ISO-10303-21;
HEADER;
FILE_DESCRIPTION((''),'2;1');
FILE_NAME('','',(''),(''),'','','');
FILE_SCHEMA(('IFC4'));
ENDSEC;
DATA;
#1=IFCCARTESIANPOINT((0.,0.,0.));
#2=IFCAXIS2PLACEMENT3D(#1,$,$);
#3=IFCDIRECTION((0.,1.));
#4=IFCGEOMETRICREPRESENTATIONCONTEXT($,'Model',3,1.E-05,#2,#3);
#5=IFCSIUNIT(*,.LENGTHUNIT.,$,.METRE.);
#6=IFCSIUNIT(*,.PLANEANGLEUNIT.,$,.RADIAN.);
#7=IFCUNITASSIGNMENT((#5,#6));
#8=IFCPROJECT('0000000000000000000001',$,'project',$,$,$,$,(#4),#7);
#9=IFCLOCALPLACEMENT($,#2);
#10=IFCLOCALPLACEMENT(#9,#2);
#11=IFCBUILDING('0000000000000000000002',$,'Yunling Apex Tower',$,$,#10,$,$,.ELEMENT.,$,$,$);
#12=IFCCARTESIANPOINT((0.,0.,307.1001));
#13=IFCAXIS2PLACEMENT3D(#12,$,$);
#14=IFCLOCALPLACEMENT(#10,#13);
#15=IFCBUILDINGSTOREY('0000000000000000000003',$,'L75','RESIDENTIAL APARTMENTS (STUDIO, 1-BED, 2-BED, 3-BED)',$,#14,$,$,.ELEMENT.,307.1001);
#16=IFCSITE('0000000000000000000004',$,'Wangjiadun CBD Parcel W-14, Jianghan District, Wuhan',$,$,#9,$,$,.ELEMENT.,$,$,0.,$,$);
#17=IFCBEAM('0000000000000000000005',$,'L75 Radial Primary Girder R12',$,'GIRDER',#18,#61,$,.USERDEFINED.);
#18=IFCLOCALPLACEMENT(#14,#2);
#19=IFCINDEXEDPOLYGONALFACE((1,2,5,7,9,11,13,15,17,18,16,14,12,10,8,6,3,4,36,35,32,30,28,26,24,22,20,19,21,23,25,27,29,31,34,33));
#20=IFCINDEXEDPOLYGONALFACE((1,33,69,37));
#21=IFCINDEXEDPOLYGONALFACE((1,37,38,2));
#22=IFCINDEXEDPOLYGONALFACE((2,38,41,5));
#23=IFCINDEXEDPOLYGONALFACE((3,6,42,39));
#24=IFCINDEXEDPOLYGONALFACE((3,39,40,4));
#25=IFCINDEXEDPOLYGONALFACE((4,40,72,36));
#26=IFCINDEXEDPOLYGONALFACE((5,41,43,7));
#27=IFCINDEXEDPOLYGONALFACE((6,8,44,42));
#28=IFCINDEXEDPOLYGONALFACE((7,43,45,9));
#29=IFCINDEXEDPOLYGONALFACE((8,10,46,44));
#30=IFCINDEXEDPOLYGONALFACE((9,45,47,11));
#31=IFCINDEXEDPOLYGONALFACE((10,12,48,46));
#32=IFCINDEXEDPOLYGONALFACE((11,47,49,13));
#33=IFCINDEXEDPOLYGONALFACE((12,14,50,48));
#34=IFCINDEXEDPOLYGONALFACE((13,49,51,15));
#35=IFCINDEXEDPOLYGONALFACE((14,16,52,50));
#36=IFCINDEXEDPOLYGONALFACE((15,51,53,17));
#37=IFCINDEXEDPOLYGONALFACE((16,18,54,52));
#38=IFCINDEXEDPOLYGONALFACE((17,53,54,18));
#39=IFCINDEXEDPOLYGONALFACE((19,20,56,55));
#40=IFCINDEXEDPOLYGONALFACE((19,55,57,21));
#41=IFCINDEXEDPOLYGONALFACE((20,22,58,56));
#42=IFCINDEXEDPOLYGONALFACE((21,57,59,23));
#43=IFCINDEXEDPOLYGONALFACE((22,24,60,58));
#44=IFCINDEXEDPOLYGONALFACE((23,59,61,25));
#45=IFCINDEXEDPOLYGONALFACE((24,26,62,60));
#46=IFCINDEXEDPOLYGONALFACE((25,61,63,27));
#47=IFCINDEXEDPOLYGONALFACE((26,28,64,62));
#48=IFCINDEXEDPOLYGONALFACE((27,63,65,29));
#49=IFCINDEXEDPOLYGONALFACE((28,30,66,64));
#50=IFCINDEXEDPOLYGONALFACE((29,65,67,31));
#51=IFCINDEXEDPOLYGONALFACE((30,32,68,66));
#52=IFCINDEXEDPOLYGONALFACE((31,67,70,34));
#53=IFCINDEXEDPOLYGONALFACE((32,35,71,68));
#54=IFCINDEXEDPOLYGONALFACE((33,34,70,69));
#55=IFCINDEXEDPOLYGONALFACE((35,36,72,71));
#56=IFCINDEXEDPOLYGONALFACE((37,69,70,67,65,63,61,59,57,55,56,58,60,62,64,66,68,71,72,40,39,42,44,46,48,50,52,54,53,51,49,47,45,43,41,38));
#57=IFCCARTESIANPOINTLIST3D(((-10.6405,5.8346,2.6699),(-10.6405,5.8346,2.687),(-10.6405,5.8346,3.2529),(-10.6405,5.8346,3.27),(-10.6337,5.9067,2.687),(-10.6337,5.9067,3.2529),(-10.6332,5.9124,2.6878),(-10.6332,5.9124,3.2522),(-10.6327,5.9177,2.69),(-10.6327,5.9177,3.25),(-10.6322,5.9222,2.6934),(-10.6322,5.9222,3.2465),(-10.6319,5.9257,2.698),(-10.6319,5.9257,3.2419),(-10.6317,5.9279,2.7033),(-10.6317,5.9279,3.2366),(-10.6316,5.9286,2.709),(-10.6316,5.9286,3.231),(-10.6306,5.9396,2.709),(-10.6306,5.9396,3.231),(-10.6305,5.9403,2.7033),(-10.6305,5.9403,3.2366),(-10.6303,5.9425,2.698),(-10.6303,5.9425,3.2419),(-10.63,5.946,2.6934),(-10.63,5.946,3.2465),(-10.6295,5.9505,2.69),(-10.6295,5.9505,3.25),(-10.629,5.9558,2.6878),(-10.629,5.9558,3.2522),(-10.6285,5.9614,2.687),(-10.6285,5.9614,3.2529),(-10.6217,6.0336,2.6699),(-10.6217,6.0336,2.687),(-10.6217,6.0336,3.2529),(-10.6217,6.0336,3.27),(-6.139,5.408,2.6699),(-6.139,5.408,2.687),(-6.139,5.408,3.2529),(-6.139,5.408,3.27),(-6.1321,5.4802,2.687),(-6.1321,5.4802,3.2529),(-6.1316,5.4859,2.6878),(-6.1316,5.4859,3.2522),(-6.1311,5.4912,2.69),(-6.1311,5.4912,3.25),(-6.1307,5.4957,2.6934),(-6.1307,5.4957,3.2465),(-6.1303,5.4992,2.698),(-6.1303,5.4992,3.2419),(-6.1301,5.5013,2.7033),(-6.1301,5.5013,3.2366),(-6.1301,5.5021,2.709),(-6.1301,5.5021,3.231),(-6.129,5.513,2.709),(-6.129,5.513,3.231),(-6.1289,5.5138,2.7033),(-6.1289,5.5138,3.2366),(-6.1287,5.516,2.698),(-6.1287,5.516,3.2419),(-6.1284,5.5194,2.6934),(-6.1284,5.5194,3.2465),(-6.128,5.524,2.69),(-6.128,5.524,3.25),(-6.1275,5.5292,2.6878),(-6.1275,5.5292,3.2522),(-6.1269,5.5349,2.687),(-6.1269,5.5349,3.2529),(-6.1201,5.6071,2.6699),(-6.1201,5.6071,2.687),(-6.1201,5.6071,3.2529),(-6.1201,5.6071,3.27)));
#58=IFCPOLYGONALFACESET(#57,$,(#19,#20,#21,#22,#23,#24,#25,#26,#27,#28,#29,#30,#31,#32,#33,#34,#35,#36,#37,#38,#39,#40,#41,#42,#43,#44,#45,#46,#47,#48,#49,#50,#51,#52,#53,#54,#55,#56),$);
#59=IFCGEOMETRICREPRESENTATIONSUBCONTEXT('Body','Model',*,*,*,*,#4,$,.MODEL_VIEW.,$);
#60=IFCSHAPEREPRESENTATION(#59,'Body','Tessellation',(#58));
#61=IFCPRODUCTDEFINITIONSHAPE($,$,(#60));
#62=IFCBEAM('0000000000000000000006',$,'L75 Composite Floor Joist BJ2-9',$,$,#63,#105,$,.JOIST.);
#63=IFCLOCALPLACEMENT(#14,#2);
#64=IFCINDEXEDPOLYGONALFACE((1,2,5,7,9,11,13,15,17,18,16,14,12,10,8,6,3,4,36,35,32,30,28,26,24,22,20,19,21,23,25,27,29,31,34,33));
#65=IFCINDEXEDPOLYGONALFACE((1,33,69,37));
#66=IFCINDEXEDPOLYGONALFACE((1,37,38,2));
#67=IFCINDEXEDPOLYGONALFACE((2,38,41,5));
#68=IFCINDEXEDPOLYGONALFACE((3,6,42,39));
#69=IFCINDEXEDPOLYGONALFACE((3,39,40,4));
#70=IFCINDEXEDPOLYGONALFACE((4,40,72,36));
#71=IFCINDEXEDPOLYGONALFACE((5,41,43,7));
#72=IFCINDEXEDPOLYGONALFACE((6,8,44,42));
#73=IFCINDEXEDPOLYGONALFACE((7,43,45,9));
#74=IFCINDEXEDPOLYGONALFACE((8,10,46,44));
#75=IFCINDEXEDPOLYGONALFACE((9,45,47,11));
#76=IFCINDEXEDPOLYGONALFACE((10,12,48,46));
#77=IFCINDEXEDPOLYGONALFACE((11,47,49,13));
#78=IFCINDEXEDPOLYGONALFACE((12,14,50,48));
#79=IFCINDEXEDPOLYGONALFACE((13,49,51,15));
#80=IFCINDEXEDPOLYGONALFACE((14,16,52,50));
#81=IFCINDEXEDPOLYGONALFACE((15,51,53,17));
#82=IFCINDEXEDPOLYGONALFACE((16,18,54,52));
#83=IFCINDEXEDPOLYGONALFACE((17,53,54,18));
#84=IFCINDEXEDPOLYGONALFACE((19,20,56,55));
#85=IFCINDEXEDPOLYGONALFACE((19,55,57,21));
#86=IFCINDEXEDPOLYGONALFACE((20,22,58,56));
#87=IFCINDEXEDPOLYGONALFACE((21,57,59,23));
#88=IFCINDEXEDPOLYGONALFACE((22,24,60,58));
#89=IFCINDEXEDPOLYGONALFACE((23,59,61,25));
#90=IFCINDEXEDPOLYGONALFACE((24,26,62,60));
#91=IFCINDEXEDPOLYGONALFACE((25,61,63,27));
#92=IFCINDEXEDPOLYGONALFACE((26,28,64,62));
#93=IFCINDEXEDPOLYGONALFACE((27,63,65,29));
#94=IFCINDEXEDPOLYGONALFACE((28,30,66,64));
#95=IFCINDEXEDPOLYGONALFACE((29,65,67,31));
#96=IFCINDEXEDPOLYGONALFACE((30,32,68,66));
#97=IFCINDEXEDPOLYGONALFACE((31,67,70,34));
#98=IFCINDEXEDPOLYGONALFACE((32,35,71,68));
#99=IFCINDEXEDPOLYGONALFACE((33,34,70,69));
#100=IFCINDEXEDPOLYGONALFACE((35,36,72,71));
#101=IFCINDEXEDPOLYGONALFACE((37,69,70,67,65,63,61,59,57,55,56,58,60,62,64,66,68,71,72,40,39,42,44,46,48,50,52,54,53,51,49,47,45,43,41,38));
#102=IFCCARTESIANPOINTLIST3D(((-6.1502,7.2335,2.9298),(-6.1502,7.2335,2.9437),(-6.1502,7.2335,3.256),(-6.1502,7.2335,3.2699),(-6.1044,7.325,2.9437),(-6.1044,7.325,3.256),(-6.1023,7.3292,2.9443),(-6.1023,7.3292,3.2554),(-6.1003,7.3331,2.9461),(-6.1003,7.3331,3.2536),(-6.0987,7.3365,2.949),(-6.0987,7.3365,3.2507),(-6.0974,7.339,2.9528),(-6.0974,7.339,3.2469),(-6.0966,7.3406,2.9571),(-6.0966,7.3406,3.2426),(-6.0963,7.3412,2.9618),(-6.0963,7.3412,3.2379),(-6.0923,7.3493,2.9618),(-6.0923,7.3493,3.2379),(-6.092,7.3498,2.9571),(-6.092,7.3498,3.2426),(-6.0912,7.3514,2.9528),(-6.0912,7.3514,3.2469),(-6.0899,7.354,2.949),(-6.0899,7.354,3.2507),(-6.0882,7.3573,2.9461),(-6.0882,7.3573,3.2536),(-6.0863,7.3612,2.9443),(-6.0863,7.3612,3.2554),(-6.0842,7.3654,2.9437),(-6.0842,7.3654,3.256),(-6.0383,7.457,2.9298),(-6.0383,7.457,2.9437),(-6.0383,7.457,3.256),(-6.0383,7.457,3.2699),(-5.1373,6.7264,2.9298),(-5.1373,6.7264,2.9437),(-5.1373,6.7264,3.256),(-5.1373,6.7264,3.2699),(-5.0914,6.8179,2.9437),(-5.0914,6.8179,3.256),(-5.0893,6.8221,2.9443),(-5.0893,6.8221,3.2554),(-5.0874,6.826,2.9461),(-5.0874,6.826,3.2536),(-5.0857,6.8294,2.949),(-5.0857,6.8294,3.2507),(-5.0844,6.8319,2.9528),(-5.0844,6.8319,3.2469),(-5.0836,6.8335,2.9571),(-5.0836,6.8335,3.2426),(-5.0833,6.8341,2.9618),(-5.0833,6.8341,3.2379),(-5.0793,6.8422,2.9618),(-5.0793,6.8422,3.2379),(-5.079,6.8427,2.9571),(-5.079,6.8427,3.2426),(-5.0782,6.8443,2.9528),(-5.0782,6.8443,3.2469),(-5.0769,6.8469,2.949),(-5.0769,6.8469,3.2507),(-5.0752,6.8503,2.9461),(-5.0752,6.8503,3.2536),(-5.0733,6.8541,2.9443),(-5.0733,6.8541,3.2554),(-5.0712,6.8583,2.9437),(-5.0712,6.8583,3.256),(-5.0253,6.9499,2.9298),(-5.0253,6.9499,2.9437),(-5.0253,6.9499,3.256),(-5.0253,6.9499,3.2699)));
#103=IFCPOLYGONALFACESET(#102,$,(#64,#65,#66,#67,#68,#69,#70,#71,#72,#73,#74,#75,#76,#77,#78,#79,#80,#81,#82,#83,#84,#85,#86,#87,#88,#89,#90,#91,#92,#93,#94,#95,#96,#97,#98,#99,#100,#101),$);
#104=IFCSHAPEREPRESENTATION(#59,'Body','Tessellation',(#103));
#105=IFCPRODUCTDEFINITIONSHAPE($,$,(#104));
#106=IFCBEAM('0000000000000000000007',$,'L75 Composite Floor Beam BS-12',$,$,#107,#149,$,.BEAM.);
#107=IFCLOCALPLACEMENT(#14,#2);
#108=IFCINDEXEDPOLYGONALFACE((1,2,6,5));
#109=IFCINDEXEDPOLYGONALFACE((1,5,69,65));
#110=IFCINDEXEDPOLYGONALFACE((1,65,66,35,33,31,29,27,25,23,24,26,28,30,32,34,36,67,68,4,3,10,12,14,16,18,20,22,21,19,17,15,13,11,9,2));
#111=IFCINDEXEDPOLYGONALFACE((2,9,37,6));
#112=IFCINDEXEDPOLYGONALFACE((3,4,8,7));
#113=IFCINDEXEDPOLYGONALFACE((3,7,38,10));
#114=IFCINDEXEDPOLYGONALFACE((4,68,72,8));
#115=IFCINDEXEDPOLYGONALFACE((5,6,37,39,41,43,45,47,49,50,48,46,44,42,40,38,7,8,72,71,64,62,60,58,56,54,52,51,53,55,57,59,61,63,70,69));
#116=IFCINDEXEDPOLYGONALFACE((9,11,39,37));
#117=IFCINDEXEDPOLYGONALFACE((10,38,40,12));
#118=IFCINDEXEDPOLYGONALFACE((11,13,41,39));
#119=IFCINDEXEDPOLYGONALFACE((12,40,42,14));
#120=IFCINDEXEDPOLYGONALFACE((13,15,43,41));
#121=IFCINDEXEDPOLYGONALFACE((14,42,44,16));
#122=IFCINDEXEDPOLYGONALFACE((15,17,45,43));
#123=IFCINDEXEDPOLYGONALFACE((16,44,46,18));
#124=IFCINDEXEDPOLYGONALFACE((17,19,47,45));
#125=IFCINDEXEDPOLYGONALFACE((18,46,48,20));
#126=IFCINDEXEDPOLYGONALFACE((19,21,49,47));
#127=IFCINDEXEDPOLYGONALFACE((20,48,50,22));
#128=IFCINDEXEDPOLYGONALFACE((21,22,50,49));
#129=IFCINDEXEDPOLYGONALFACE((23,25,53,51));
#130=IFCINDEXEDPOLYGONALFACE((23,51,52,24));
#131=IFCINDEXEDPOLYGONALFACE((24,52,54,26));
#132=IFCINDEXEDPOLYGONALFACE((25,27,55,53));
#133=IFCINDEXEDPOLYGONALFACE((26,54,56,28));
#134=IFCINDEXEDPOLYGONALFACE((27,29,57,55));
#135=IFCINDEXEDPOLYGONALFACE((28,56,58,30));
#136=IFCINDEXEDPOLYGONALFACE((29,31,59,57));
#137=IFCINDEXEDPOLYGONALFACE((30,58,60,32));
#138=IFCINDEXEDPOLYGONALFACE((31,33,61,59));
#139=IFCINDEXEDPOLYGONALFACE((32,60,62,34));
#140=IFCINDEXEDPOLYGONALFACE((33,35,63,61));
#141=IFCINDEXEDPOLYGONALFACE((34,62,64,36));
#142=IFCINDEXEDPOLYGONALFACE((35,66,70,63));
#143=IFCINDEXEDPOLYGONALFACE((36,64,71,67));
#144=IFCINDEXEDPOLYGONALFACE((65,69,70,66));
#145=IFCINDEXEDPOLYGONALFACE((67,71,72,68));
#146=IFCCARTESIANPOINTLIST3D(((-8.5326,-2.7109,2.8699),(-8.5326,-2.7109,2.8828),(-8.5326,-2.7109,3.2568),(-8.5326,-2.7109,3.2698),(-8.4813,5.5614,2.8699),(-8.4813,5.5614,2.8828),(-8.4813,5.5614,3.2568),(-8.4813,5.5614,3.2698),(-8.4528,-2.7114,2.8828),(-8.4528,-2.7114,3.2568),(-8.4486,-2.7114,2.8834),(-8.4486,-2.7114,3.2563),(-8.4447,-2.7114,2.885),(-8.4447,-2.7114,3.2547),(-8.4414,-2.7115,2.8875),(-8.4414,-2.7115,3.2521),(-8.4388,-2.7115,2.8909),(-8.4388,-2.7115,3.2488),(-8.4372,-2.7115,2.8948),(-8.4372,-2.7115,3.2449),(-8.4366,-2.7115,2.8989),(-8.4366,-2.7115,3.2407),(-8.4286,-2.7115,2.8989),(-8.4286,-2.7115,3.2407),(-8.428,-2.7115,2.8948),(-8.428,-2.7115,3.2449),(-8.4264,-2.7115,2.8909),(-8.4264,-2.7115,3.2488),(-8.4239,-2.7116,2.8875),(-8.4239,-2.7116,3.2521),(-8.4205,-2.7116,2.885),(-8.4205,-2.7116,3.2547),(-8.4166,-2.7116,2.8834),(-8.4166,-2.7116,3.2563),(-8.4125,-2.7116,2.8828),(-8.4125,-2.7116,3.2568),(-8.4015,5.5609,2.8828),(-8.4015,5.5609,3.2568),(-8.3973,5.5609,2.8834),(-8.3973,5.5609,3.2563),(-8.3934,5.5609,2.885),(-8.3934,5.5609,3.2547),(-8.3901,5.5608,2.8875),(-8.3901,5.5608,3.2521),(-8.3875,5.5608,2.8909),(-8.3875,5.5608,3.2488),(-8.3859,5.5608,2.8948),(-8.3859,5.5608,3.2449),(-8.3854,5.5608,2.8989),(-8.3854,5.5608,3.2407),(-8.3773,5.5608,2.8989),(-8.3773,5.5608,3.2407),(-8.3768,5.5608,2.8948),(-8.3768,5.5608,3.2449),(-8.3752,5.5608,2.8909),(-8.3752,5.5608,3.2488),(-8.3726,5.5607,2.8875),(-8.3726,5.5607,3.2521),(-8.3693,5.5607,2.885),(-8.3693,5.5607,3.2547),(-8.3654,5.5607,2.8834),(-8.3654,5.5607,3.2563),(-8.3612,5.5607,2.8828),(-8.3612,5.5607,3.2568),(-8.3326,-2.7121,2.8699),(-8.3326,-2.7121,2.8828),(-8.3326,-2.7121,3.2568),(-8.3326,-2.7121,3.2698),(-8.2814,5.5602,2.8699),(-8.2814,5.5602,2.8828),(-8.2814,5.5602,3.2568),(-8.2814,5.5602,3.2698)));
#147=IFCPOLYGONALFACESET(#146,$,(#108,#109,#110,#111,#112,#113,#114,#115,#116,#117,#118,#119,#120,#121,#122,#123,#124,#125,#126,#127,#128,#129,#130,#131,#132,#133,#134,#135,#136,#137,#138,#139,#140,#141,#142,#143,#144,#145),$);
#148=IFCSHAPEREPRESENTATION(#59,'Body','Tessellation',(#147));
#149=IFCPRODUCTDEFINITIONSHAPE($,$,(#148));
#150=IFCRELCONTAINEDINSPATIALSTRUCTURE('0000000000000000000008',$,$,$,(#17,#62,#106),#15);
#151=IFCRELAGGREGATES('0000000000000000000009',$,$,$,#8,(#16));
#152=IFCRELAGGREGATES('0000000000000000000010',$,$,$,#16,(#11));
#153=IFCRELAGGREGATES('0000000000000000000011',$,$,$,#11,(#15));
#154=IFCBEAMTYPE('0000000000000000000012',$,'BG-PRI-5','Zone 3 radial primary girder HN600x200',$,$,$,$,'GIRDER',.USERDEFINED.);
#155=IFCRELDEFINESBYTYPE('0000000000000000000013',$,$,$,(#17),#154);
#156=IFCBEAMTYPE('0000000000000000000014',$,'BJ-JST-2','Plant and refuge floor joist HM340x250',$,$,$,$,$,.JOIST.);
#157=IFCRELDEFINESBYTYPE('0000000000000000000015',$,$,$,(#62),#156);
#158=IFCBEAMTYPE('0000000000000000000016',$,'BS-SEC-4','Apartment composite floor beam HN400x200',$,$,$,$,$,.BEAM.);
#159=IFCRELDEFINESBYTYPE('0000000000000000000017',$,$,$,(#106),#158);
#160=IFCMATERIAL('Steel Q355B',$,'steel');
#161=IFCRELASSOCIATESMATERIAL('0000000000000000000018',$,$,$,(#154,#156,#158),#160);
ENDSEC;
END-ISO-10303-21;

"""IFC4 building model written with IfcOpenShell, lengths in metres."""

from ifc_helpers import new_model, si_unit, direction, frame, origin, origin_2d, place, context, subcontext, project, spatial, i_section, extrude, source, transform, mapped, material, material_profile, profile_set, type_object, element, save


model = new_model("IFC4")

# Units and contexts
model_context = context("Model", 3, precision=1e-05, world=origin(), true_north=direction((0.0, 1.0)))
body_context = subcontext(model_context, "Body", "Model", "MODEL_VIEW")
ifc_project = project(units=[si_unit("LENGTHUNIT", "METRE"), si_unit("PLANEANGLEUNIT", "RADIAN")], contexts=[model_context])

# Site, building, storey
site_placement = place(None, origin())
site = spatial("IfcSite", under=ifc_project, at=site_placement, Name="Wangjiadun CBD Parcel W-14, Jianghan District, Wuhan", CompositionType="ELEMENT", RefElevation=0.0)
building_placement = place(site_placement, origin())
building = spatial("IfcBuilding", under=site, at=building_placement, Name="Yunling Apex Tower", CompositionType="ELEMENT")
storey_placement = place(building_placement, frame((0.0, 0.0, 307.1001)))
storey = spatial("IfcBuildingStorey", under=building, at=storey_placement, Name="L75", Description="RESIDENTIAL APARTMENTS (STUDIO, 1-BED, 2-BED, 3-BED)", CompositionType="ELEMENT", Elevation=307.1001)

# Shared definitions
ifc_material_1 = material(Name="Steel Q355B", Category="steel")

# Beams
ifc_material_profile_1 = material_profile(ifc_material_1, i_section(OverallWidth=0.2, OverallDepth=0.6001, WebThickness=0.011, FlangeThickness=0.0171, FilletRadius=0.022, at=origin_2d()))
ifc_profile_set_1 = profile_set([ifc_material_profile_1], Name="Steel Q355B")
beam_type_1 = type_object("IfcBeamType", Name="BG-PRI-5", Description="Zone 3 radial primary girder HN600x200", ElementType="GIRDER", PredefinedType="USERDEFINED", material=ifc_profile_set_1)
shared_shape_1 = source(origin(), body_context, "Body", "SweptSolid", [
    extrude(i_section(OverallWidth=0.2, OverallDepth=0.6001, WebThickness=0.011, FlangeThickness=0.0171, FilletRadius=0.022, at=origin_2d()), origin(), (0.0, 0.0, 1.0), 4.5217),
])
beam_1_placement = place(storey_placement, frame((-10.6311, 5.9341, 2.97), z_axis=(0.995541, -0.094328, 0.0), x_axis=(0.094328, 0.995541, 0.0)))
element("IfcBeam", 1, at=beam_1_placement, inside=storey, type_object=beam_type_1, Name="L75 Radial Primary Girder R12", ObjectType="GIRDER", PredefinedType="USERDEFINED", context=body_context, shape_type="MappedRepresentation", body=[
    mapped(shared_shape_1, transform((0.0, 0.0, 0.0), scale=1.0)),
])
ifc_material_profile_2 = material_profile(ifc_material_1, i_section(OverallWidth=0.25, OverallDepth=0.3401, WebThickness=0.009, FlangeThickness=0.0139, FilletRadius=0.0181, at=origin_2d()))
ifc_profile_set_2 = profile_set([ifc_material_profile_2], Name="Steel Q355B")
beam_type_2 = type_object("IfcBeamType", Name="BJ-JST-2", Description="Plant and refuge floor joist HM340x250", PredefinedType="JOIST", material=ifc_profile_set_2)
shared_shape_2 = source(origin(), body_context, "Body", "SweptSolid", [
    extrude(i_section(OverallWidth=0.25, OverallDepth=0.3401, WebThickness=0.009, FlangeThickness=0.0139, FilletRadius=0.0181, at=origin_2d()), origin(), (0.0, 0.0, 1.0), 1.1328),
])
beam_2_placement = place(storey_placement, frame((-5.0813, 6.8381, 3.0999), z_axis=(-0.894212, 0.447645, 0.0), x_axis=(-0.447645, -0.894212, 0.0)))
element("IfcBeam", 2, at=beam_2_placement, inside=storey, type_object=beam_type_2, Name="L75 Composite Floor Joist BJ2-9", PredefinedType="JOIST", context=body_context, shape_type="MappedRepresentation", body=[
    mapped(shared_shape_2, transform((0.0, 0.0, 0.0), scale=1.0)),
])
ifc_material_profile_3 = material_profile(ifc_material_1, i_section(OverallWidth=0.2, OverallDepth=0.3999, WebThickness=0.0081, FlangeThickness=0.0129, FilletRadius=0.0161, at=origin_2d()))
ifc_profile_set_3 = profile_set([ifc_material_profile_3], Name="Steel Q355B")
beam_type_3 = type_object("IfcBeamType", Name="BS-SEC-4", Description="Apartment composite floor beam HN400x200", PredefinedType="BEAM", material=ifc_profile_set_3)
shared_shape_3 = source(origin(), body_context, "Body", "SweptSolid", [
    extrude(i_section(OverallWidth=0.2, OverallDepth=0.3999, WebThickness=0.0081, FlangeThickness=0.0129, FilletRadius=0.0161, at=origin_2d()), origin(), (0.0, 0.0, 1.0), 8.2725),
])
beam_3_placement = place(storey_placement, frame((-8.3813, 5.5608, 3.0698), z_axis=(-0.006198, -0.999981, 0.0), x_axis=(0.999981, -0.006198, 0.0)))
element("IfcBeam", 3, at=beam_3_placement, inside=storey, type_object=beam_type_3, Name="L75 Composite Floor Beam BS-12", PredefinedType="BEAM", context=body_context, shape_type="MappedRepresentation", body=[
    mapped(shared_shape_3, transform((0.0, 0.0, 0.0), scale=1.0)),
])

save(model, "model.ifc")
